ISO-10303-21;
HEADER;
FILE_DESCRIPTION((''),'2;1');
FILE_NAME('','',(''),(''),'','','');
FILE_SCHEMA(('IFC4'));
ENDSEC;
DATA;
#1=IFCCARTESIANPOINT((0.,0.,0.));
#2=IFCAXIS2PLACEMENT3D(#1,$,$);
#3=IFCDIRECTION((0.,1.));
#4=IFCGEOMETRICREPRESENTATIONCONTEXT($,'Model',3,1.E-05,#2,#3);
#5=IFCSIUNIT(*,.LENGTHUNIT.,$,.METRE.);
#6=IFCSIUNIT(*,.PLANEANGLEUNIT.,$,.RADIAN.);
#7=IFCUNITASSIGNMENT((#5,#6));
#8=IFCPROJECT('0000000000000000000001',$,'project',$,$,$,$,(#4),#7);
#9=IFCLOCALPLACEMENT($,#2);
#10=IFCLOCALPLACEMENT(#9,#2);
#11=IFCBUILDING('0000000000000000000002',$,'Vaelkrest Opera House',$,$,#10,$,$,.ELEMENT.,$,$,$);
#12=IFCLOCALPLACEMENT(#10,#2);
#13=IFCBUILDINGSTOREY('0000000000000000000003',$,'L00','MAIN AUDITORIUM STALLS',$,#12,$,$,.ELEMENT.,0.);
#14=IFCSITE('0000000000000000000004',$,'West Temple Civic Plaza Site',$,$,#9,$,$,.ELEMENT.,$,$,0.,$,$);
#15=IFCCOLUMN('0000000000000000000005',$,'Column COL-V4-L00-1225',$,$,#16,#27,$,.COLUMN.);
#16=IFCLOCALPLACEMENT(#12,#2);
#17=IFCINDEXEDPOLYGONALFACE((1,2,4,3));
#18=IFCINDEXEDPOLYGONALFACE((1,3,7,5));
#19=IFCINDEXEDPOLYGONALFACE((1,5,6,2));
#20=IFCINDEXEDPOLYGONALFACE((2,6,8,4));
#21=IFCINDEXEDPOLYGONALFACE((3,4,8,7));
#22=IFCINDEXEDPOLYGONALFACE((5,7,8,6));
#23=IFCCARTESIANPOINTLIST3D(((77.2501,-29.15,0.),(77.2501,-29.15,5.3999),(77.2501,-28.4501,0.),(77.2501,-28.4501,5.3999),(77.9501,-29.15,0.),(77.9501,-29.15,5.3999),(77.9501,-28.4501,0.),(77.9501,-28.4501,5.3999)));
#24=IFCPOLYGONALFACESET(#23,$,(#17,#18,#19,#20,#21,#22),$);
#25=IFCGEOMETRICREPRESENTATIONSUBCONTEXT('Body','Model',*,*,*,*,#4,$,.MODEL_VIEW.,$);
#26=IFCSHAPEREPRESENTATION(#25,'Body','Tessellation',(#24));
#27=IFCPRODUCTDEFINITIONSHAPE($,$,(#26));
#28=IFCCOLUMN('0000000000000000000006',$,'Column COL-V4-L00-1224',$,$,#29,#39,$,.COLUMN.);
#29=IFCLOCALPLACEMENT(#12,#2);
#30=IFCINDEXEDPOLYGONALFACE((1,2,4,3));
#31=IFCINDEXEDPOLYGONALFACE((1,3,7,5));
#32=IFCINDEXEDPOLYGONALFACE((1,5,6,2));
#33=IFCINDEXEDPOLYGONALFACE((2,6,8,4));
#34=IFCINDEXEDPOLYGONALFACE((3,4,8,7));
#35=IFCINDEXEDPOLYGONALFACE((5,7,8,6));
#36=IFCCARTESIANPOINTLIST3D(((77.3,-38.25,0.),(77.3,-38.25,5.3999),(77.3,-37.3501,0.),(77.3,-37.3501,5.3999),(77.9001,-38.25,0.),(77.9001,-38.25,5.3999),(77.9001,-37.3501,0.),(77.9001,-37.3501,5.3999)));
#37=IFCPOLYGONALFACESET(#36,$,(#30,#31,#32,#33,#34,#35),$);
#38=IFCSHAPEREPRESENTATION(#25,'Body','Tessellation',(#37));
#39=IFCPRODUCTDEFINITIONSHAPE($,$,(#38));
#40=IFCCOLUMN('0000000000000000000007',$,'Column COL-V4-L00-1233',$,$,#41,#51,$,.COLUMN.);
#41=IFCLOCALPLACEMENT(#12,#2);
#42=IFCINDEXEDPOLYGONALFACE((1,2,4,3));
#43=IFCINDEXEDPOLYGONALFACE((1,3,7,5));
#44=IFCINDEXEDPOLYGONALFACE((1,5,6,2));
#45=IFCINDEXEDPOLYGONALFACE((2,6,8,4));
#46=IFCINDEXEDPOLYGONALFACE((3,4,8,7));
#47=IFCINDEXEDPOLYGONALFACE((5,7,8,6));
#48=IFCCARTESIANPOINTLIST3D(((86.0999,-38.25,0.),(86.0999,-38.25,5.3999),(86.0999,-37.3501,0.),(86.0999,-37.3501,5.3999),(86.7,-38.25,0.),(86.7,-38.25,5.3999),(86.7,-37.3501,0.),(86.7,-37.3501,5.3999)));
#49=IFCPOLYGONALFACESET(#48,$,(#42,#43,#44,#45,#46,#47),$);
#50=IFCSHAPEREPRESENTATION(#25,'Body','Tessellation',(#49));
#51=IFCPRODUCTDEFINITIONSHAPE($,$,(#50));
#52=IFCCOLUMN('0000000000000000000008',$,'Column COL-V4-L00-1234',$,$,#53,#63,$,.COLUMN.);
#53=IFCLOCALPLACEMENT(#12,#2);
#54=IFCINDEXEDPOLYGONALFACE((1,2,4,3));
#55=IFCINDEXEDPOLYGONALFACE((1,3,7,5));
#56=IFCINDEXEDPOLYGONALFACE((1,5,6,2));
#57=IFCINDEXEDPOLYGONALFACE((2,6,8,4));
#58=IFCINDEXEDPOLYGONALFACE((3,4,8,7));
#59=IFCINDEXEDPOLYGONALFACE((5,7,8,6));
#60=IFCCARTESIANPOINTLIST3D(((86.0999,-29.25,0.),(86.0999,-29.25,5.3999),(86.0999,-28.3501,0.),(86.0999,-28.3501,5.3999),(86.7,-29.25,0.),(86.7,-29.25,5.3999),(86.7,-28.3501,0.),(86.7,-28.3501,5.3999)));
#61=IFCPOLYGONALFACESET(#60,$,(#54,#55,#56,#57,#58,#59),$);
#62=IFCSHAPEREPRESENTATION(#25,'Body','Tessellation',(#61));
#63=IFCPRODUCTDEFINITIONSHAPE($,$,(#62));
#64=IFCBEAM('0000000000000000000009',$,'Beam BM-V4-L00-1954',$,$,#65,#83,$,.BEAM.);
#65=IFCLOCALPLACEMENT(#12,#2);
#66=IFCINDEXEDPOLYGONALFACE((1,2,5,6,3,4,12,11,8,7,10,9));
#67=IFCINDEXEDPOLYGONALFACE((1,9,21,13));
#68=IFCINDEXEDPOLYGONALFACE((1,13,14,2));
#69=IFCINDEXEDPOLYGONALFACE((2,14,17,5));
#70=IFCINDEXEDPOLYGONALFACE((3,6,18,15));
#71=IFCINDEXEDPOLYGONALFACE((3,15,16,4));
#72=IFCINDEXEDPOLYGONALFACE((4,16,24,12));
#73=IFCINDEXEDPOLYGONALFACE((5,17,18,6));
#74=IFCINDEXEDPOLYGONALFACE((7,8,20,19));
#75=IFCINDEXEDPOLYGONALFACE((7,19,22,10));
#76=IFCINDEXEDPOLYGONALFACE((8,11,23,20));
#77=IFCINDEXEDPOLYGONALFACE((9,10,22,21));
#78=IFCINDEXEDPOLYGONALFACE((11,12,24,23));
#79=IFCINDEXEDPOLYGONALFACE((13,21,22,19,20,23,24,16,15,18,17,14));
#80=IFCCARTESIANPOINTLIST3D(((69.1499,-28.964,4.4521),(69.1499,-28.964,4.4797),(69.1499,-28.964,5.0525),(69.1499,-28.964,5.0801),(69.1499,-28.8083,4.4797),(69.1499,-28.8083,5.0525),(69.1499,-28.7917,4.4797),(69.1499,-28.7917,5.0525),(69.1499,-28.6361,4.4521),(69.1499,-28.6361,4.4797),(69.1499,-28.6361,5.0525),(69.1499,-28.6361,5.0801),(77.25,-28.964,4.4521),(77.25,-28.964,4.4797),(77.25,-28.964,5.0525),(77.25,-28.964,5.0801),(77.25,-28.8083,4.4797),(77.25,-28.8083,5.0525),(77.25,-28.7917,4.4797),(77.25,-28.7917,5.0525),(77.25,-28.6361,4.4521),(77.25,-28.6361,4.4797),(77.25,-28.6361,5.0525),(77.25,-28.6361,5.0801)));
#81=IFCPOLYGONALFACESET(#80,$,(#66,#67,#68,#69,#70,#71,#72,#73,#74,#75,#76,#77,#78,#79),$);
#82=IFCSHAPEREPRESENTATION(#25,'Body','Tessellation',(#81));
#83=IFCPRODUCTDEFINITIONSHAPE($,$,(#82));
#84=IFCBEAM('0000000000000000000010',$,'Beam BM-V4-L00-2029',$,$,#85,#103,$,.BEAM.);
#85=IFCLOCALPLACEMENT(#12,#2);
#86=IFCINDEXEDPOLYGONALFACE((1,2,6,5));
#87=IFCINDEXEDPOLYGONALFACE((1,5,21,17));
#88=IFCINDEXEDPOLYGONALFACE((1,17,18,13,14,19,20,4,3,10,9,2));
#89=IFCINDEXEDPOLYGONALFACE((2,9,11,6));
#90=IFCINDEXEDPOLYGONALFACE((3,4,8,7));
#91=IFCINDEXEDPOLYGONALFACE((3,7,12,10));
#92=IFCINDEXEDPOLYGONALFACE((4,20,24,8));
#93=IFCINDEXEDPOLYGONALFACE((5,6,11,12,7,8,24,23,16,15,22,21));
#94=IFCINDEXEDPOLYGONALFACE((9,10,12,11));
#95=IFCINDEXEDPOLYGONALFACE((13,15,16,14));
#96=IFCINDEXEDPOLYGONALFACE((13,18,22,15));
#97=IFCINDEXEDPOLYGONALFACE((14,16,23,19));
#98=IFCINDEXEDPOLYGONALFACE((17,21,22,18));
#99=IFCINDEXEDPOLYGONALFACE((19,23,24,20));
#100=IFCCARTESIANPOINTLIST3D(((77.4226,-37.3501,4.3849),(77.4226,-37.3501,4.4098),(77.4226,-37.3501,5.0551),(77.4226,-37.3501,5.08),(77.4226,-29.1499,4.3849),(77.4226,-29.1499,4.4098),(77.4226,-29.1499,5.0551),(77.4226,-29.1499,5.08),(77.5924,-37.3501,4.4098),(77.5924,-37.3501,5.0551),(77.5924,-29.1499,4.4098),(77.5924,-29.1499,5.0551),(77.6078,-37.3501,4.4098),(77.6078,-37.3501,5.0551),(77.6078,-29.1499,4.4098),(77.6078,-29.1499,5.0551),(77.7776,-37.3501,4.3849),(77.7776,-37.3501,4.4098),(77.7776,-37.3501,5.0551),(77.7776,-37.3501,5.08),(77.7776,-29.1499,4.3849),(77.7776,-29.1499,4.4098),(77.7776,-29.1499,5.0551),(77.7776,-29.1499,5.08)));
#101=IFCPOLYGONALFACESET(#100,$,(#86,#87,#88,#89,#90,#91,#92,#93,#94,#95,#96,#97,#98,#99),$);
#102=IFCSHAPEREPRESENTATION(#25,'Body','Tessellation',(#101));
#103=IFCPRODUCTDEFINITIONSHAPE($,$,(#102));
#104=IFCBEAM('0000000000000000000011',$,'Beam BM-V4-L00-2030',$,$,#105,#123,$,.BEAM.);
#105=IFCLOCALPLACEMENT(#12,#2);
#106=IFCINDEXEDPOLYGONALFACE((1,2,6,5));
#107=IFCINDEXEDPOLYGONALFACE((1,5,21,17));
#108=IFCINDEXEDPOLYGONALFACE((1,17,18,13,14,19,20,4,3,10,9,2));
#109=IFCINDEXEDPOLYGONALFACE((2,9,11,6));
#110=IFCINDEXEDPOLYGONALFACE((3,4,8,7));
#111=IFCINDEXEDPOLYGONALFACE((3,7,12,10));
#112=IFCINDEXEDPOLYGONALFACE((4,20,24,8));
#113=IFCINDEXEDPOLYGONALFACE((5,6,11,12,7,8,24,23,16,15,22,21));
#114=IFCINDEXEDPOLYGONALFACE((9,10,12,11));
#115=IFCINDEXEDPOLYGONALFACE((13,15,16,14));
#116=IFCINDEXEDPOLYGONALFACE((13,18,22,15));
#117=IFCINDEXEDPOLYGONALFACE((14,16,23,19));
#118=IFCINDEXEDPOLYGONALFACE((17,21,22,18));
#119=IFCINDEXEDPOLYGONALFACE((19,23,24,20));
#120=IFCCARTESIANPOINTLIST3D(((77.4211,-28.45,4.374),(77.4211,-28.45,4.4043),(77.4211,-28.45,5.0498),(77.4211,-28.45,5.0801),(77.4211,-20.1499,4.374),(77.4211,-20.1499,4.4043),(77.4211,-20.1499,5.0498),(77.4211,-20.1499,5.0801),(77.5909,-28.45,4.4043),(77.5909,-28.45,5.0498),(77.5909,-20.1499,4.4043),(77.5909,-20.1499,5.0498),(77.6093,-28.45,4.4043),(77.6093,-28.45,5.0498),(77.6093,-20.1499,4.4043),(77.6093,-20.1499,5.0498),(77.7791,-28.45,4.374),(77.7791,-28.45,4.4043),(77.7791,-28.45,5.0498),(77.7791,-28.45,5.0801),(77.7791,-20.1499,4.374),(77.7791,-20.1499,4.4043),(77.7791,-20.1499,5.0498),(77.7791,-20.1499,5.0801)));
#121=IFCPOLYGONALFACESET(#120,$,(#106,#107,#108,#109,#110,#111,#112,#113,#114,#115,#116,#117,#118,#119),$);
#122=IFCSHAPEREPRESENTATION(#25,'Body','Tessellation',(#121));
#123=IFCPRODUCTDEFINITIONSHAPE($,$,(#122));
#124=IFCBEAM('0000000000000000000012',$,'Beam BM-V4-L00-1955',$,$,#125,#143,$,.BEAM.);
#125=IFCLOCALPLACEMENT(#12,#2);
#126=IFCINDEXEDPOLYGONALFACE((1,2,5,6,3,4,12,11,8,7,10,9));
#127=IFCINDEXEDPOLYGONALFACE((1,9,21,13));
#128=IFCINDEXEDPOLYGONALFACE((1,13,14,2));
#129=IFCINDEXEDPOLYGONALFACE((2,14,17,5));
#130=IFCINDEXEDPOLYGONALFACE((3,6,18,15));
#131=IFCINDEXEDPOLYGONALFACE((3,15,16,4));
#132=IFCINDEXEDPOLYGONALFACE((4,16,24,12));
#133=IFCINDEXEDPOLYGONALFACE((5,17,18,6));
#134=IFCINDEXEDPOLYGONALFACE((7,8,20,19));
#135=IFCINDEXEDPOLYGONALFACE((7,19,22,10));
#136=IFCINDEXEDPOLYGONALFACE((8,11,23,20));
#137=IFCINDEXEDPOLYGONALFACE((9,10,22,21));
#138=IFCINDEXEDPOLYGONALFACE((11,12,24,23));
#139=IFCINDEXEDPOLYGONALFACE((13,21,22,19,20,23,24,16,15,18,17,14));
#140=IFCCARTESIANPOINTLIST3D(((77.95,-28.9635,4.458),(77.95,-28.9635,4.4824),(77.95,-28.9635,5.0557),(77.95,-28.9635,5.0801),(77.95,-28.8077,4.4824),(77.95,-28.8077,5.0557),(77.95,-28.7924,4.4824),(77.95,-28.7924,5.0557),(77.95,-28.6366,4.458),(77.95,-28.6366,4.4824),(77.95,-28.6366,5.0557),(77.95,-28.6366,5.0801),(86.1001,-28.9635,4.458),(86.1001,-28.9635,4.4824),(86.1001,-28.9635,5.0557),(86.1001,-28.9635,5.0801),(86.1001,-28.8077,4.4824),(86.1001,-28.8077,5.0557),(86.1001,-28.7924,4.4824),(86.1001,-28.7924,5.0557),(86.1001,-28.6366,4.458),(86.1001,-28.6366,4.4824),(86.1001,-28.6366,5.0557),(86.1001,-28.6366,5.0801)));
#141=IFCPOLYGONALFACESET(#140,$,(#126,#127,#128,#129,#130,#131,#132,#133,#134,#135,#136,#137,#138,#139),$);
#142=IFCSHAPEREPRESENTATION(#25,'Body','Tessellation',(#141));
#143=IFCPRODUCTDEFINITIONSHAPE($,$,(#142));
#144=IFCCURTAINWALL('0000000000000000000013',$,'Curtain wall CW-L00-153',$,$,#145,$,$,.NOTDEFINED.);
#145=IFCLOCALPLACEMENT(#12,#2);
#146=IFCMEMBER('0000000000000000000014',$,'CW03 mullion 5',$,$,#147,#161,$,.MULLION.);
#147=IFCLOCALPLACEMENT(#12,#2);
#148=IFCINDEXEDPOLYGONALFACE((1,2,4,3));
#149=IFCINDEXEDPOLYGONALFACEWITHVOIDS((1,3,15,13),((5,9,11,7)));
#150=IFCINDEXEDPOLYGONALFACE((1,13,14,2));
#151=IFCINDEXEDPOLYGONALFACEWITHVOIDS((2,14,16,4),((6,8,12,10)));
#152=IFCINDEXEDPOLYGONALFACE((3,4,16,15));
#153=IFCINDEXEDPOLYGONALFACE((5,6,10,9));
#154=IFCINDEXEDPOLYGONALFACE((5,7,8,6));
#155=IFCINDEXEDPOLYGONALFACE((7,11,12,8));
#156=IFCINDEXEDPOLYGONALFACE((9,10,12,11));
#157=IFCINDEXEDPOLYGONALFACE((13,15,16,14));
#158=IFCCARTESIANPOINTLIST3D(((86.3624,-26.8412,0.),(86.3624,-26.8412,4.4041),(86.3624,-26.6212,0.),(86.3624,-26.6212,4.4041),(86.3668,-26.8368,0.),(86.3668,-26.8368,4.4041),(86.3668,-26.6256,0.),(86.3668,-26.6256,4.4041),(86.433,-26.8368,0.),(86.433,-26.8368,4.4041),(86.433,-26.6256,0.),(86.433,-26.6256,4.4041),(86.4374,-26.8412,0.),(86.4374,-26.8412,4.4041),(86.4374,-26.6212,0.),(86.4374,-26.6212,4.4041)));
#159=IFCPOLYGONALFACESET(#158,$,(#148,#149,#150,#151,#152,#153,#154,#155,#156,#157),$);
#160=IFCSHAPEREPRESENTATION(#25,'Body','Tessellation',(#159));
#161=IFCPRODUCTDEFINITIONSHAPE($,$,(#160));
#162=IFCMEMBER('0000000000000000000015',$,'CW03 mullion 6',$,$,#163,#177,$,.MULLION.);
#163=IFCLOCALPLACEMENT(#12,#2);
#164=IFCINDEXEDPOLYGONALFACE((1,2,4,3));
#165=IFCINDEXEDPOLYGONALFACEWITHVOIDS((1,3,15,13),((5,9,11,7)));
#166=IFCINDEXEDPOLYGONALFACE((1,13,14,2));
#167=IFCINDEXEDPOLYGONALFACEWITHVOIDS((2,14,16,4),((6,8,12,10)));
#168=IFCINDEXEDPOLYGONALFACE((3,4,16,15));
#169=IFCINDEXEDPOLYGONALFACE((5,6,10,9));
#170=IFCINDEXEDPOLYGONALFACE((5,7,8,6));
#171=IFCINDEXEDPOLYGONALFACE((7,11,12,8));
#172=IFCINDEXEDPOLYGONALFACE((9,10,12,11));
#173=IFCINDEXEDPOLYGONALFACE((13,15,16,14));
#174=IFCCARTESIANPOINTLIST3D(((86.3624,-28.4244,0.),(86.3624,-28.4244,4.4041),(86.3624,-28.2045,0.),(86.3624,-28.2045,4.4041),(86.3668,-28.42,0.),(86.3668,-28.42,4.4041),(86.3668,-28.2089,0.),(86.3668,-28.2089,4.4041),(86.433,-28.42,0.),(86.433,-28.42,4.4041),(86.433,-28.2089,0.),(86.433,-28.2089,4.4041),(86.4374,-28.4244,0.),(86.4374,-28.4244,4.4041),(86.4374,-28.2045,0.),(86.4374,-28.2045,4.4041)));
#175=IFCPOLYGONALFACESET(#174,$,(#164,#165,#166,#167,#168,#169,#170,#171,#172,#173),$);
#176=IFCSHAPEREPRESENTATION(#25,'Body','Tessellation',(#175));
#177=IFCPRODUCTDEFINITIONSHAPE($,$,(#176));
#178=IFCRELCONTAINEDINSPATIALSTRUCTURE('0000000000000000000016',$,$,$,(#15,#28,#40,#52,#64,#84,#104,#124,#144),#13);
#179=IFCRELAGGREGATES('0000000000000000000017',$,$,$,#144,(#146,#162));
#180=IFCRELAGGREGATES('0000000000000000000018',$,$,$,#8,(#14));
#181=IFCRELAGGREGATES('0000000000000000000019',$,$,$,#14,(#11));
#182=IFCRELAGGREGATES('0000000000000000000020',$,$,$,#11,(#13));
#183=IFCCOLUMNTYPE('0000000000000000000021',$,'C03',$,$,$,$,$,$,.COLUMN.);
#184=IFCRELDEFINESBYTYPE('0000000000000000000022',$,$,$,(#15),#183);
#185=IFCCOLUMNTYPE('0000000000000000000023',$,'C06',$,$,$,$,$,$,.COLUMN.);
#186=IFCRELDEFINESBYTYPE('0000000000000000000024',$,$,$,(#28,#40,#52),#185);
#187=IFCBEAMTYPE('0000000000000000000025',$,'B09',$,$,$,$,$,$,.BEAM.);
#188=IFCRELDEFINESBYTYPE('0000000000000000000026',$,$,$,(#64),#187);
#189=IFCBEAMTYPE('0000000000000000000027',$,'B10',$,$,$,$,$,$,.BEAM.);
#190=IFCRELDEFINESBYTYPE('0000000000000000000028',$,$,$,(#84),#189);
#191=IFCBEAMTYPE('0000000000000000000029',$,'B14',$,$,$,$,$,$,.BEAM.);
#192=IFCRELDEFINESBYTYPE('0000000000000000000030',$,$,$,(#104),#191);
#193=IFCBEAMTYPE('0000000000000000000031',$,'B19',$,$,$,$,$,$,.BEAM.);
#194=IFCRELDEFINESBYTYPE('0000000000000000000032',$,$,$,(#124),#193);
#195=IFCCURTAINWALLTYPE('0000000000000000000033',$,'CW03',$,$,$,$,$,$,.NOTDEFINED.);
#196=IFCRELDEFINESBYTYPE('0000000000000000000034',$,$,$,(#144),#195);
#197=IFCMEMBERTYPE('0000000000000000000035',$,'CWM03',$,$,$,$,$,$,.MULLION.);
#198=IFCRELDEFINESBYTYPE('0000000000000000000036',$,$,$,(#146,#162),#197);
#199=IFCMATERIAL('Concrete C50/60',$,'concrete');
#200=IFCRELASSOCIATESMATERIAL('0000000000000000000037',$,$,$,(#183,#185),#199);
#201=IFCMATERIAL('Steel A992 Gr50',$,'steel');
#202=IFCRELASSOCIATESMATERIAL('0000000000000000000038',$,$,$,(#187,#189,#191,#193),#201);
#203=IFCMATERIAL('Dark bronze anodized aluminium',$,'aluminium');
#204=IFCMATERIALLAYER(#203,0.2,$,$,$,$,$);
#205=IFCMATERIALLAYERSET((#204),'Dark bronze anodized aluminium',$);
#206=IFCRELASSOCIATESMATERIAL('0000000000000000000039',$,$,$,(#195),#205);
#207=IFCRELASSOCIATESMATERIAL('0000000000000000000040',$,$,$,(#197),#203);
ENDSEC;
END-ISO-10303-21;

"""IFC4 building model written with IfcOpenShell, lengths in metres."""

from ifc_helpers import new_model, si_unit, direction, frame, origin, origin_2d, place, context, subcontext, project, spatial, rectangle, hollow_rectangle, i_section, extrude, material, layer, layer_set, material_profile, profile_set, type_object, element, aggregate, save


model = new_model("IFC4")

# Units and contexts
model_context = context("Model", 3, precision=1e-05, world=origin(), true_north=direction((0.0, 1.0)))
body_context = subcontext(model_context, "Body", "Model", "MODEL_VIEW")
ifc_project = project(units=[si_unit("LENGTHUNIT", "METRE"), si_unit("PLANEANGLEUNIT", "RADIAN")], contexts=[model_context])

# Site, building, storey
site_placement = place(None, origin())
site = spatial("IfcSite", under=ifc_project, at=site_placement, Name="West Temple Civic Plaza Site", CompositionType="ELEMENT", RefElevation=0.0)
building_placement = place(site_placement, origin())
building = spatial("IfcBuilding", under=site, at=building_placement, Name="Vaelkrest Opera House", CompositionType="ELEMENT")
storey_placement = place(building_placement, origin())
storey = spatial("IfcBuildingStorey", under=building, at=storey_placement, Name="L00", Description="MAIN AUDITORIUM STALLS", CompositionType="ELEMENT", Elevation=0.0)

# Columns
ifc_material_1 = material(Name="Concrete C50/60", Category="concrete")
ifc_material_profile_1 = material_profile(ifc_material_1, rectangle(XDim=0.7, YDim=0.7, at=origin_2d()), Name="RC700X700")
ifc_profile_set_1 = profile_set([ifc_material_profile_1], Name="Concrete C50/60")
column_type_1 = type_object("IfcColumnType", Name="C03", PredefinedType="COLUMN", material=ifc_profile_set_1)
column_placement = place(storey_placement, frame((77.6001, -28.8, 0.0), z_axis=(0.0, 0.0, 1.0), x_axis=(1.0, 0.0, 0.0)))
element("IfcColumn", 1, at=column_placement, inside=storey, type_object=column_type_1, Name="Column COL-V4-L00-1225", PredefinedType="COLUMN", context=body_context, shape_type="SweptSolid", body=[
    extrude(rectangle(XDim=0.7, YDim=0.7, at=origin_2d()), origin(), (0.0, 0.0, 1.0), 5.3999),
])
ifc_material_profile_2 = material_profile(ifc_material_1, rectangle(XDim=0.6001, YDim=0.8999, at=origin_2d()), Name="RC600X900")
ifc_profile_set_2 = profile_set([ifc_material_profile_2], Name="Concrete C50/60")
column_type_2 = type_object("IfcColumnType", Name="C06", PredefinedType="COLUMN", material=ifc_profile_set_2)
for number, where, z_axis, x_axis, name in (
    (2, (77.6001, -37.8, 0.0), (0.0, 0.0, 1.0), (1.0, 0.0, 0.0), "Column COL-V4-L00-1224"),
    (3, (86.3999, -37.8, 0.0), (0.0, 0.0, 1.0), (1.0, 0.0, 0.0), "Column COL-V4-L00-1233"),
    (4, (86.3999, -28.8, 0.0), (0.0, 0.0, 1.0), (1.0, 0.0, 0.0), "Column COL-V4-L00-1234"),
):
    element("IfcColumn", number, at=place(storey_placement, frame(where, z_axis=z_axis, x_axis=x_axis)), inside=storey, type_object=column_type_2, Name=name, PredefinedType="COLUMN", context=body_context, shape_type="SweptSolid", body=[
        extrude(rectangle(XDim=0.6001, YDim=0.8999, at=origin_2d()), origin(), (0.0, 0.0, 1.0), 5.3999),
    ])

# Beams
ifc_material_2 = material(Name="Steel A992 Gr50", Category="steel")
ifc_material_profile_3 = material_profile(ifc_material_2, i_section(OverallWidth=0.3279, OverallDepth=0.6279, WebThickness=0.0166, FlangeThickness=0.0276, at=origin_2d()), Name="W24X146")
ifc_profile_set_3 = profile_set([ifc_material_profile_3], Name="Steel A992 Gr50")
beam_type_1 = type_object("IfcBeamType", Name="B09", PredefinedType="BEAM", material=ifc_profile_set_3)
beam_1_placement = place(storey_placement, frame((69.1499, -28.8, 4.7661), z_axis=(1.0, 0.0, 0.0), x_axis=(0.0, 1.0, 0.0)))
element("IfcBeam", 5, at=beam_1_placement, inside=storey, type_object=beam_type_1, Name="Beam BM-V4-L00-1954", PredefinedType="BEAM", context=body_context, shape_type="SweptSolid", body=[
    extrude(i_section(OverallWidth=0.3279, OverallDepth=0.6279, WebThickness=0.0166, FlangeThickness=0.0276, at=origin_2d()), origin(), (0.0, 0.0, 1.0), 8.1001),
])
ifc_material_profile_4 = material_profile(ifc_material_2, i_section(OverallWidth=0.355, OverallDepth=0.6951, WebThickness=0.0154, FlangeThickness=0.0249, at=origin_2d()), Name="W27X146")
ifc_profile_set_4 = profile_set([ifc_material_profile_4], Name="Steel A992 Gr50")
beam_type_2 = type_object("IfcBeamType", Name="B10", PredefinedType="BEAM", material=ifc_profile_set_4)
beam_2_placement = place(storey_placement, frame((77.6001, -37.3501, 4.7324), z_axis=(0.0, 1.0, 0.0), x_axis=(-1.0, 0.0, 0.0)))
element("IfcBeam", 6, at=beam_2_placement, inside=storey, type_object=beam_type_2, Name="Beam BM-V4-L00-2029", PredefinedType="BEAM", context=body_context, shape_type="SweptSolid", body=[
    extrude(i_section(OverallWidth=0.355, OverallDepth=0.6951, WebThickness=0.0154, FlangeThickness=0.0249, at=origin_2d()), origin(), (0.0, 0.0, 1.0), 8.2002),
])
ifc_material_profile_5 = material_profile(ifc_material_2, i_section(OverallWidth=0.3579, OverallDepth=0.7061, WebThickness=0.0183, FlangeThickness=0.0303, at=origin_2d()), Name="W27X178")
ifc_profile_set_5 = profile_set([ifc_material_profile_5], Name="Steel A992 Gr50")
beam_type_3 = type_object("IfcBeamType", Name="B14", PredefinedType="BEAM", material=ifc_profile_set_5)
beam_3_placement = place(storey_placement, frame((77.6001, -28.45, 4.7271), z_axis=(0.0, 1.0, 0.0), x_axis=(-1.0, 0.0, 0.0)))
element("IfcBeam", 7, at=beam_3_placement, inside=storey, type_object=beam_type_3, Name="Beam BM-V4-L00-2030", PredefinedType="BEAM", context=body_context, shape_type="SweptSolid", body=[
    extrude(i_section(OverallWidth=0.3579, OverallDepth=0.7061, WebThickness=0.0183, FlangeThickness=0.0303, at=origin_2d()), origin(), (0.0, 0.0, 1.0), 8.3),
])
ifc_material_profile_6 = material_profile(ifc_material_2, i_section(OverallWidth=0.3269, OverallDepth=0.6221, WebThickness=0.0154, FlangeThickness=0.0244, at=origin_2d()), Name="W24X131")
ifc_profile_set_6 = profile_set([ifc_material_profile_6], Name="Steel A992 Gr50")
beam_type_4 = type_object("IfcBeamType", Name="B19", PredefinedType="BEAM", material=ifc_profile_set_6)
beam_4_placement = place(storey_placement, frame((77.95, -28.8, 4.769), z_axis=(1.0, 0.0, 0.0), x_axis=(0.0, 1.0, 0.0)))
element("IfcBeam", 8, at=beam_4_placement, inside=storey, type_object=beam_type_4, Name="Beam BM-V4-L00-1955", PredefinedType="BEAM", context=body_context, shape_type="SweptSolid", body=[
    extrude(i_section(OverallWidth=0.3269, OverallDepth=0.6221, WebThickness=0.0154, FlangeThickness=0.0244, at=origin_2d()), origin(), (0.0, 0.0, 1.0), 8.1501),
])

# Curtain wall, members
ifc_material_3 = material(Name="Dark bronze anodized aluminium", Category="aluminium")
ifc_layer_1 = layer(ifc_material_3, 0.2)
ifc_layer_set_1 = layer_set([ifc_layer_1], Name="Dark bronze anodized aluminium")
curtain_wall_type = type_object("IfcCurtainWallType", Name="CW03", PredefinedType="NOTDEFINED", material=ifc_layer_set_1)
curtain_wall_placement = place(storey_placement, origin())
curtain_wall = element("IfcCurtainWall", 9, at=curtain_wall_placement, inside=storey, type_object=curtain_wall_type, Name="Curtain wall CW-L00-153", PredefinedType="NOTDEFINED")
ifc_material_profile_7 = material_profile(ifc_material_3, hollow_rectangle(XDim=0.075, YDim=0.22, WallThickness=0.0044, at=origin_2d()), Name="CWM75X220")
ifc_profile_set_7 = profile_set([ifc_material_profile_7], Name="Dark bronze anodized aluminium")
member_type_1 = type_object("IfcMemberType", Name="CWM03", PredefinedType="MULLION", material=ifc_profile_set_7)
member_1_placement = place(storey_placement, frame((86.3999, -26.7312, 0.0), z_axis=(0.0, 0.0, 1.0), x_axis=(1.0, 0.0, 0.0)))
member_1 = element("IfcMember", 10, at=member_1_placement, type_object=member_type_1, Name="CW03 mullion 5", PredefinedType="MULLION", context=body_context, shape_type="SweptSolid", body=[
    extrude(hollow_rectangle(XDim=0.075, YDim=0.22, WallThickness=0.0044, at=origin_2d()), origin(), (0.0, 0.0, 1.0), 4.4041),
])
member_2_placement = place(storey_placement, frame((86.3999, -28.3145, 0.0), z_axis=(0.0, 0.0, 1.0), x_axis=(1.0, 0.0, 0.0)))
member_2 = element("IfcMember", 11, at=member_2_placement, type_object=member_type_1, Name="CW03 mullion 6", PredefinedType="MULLION", context=body_context, shape_type="SweptSolid", body=[
    extrude(hollow_rectangle(XDim=0.075, YDim=0.22, WallThickness=0.0044, at=origin_2d()), origin(), (0.0, 0.0, 1.0), 4.4041),
])

aggregate(curtain_wall, [member_1, member_2])

save(model, "model.ifc")
